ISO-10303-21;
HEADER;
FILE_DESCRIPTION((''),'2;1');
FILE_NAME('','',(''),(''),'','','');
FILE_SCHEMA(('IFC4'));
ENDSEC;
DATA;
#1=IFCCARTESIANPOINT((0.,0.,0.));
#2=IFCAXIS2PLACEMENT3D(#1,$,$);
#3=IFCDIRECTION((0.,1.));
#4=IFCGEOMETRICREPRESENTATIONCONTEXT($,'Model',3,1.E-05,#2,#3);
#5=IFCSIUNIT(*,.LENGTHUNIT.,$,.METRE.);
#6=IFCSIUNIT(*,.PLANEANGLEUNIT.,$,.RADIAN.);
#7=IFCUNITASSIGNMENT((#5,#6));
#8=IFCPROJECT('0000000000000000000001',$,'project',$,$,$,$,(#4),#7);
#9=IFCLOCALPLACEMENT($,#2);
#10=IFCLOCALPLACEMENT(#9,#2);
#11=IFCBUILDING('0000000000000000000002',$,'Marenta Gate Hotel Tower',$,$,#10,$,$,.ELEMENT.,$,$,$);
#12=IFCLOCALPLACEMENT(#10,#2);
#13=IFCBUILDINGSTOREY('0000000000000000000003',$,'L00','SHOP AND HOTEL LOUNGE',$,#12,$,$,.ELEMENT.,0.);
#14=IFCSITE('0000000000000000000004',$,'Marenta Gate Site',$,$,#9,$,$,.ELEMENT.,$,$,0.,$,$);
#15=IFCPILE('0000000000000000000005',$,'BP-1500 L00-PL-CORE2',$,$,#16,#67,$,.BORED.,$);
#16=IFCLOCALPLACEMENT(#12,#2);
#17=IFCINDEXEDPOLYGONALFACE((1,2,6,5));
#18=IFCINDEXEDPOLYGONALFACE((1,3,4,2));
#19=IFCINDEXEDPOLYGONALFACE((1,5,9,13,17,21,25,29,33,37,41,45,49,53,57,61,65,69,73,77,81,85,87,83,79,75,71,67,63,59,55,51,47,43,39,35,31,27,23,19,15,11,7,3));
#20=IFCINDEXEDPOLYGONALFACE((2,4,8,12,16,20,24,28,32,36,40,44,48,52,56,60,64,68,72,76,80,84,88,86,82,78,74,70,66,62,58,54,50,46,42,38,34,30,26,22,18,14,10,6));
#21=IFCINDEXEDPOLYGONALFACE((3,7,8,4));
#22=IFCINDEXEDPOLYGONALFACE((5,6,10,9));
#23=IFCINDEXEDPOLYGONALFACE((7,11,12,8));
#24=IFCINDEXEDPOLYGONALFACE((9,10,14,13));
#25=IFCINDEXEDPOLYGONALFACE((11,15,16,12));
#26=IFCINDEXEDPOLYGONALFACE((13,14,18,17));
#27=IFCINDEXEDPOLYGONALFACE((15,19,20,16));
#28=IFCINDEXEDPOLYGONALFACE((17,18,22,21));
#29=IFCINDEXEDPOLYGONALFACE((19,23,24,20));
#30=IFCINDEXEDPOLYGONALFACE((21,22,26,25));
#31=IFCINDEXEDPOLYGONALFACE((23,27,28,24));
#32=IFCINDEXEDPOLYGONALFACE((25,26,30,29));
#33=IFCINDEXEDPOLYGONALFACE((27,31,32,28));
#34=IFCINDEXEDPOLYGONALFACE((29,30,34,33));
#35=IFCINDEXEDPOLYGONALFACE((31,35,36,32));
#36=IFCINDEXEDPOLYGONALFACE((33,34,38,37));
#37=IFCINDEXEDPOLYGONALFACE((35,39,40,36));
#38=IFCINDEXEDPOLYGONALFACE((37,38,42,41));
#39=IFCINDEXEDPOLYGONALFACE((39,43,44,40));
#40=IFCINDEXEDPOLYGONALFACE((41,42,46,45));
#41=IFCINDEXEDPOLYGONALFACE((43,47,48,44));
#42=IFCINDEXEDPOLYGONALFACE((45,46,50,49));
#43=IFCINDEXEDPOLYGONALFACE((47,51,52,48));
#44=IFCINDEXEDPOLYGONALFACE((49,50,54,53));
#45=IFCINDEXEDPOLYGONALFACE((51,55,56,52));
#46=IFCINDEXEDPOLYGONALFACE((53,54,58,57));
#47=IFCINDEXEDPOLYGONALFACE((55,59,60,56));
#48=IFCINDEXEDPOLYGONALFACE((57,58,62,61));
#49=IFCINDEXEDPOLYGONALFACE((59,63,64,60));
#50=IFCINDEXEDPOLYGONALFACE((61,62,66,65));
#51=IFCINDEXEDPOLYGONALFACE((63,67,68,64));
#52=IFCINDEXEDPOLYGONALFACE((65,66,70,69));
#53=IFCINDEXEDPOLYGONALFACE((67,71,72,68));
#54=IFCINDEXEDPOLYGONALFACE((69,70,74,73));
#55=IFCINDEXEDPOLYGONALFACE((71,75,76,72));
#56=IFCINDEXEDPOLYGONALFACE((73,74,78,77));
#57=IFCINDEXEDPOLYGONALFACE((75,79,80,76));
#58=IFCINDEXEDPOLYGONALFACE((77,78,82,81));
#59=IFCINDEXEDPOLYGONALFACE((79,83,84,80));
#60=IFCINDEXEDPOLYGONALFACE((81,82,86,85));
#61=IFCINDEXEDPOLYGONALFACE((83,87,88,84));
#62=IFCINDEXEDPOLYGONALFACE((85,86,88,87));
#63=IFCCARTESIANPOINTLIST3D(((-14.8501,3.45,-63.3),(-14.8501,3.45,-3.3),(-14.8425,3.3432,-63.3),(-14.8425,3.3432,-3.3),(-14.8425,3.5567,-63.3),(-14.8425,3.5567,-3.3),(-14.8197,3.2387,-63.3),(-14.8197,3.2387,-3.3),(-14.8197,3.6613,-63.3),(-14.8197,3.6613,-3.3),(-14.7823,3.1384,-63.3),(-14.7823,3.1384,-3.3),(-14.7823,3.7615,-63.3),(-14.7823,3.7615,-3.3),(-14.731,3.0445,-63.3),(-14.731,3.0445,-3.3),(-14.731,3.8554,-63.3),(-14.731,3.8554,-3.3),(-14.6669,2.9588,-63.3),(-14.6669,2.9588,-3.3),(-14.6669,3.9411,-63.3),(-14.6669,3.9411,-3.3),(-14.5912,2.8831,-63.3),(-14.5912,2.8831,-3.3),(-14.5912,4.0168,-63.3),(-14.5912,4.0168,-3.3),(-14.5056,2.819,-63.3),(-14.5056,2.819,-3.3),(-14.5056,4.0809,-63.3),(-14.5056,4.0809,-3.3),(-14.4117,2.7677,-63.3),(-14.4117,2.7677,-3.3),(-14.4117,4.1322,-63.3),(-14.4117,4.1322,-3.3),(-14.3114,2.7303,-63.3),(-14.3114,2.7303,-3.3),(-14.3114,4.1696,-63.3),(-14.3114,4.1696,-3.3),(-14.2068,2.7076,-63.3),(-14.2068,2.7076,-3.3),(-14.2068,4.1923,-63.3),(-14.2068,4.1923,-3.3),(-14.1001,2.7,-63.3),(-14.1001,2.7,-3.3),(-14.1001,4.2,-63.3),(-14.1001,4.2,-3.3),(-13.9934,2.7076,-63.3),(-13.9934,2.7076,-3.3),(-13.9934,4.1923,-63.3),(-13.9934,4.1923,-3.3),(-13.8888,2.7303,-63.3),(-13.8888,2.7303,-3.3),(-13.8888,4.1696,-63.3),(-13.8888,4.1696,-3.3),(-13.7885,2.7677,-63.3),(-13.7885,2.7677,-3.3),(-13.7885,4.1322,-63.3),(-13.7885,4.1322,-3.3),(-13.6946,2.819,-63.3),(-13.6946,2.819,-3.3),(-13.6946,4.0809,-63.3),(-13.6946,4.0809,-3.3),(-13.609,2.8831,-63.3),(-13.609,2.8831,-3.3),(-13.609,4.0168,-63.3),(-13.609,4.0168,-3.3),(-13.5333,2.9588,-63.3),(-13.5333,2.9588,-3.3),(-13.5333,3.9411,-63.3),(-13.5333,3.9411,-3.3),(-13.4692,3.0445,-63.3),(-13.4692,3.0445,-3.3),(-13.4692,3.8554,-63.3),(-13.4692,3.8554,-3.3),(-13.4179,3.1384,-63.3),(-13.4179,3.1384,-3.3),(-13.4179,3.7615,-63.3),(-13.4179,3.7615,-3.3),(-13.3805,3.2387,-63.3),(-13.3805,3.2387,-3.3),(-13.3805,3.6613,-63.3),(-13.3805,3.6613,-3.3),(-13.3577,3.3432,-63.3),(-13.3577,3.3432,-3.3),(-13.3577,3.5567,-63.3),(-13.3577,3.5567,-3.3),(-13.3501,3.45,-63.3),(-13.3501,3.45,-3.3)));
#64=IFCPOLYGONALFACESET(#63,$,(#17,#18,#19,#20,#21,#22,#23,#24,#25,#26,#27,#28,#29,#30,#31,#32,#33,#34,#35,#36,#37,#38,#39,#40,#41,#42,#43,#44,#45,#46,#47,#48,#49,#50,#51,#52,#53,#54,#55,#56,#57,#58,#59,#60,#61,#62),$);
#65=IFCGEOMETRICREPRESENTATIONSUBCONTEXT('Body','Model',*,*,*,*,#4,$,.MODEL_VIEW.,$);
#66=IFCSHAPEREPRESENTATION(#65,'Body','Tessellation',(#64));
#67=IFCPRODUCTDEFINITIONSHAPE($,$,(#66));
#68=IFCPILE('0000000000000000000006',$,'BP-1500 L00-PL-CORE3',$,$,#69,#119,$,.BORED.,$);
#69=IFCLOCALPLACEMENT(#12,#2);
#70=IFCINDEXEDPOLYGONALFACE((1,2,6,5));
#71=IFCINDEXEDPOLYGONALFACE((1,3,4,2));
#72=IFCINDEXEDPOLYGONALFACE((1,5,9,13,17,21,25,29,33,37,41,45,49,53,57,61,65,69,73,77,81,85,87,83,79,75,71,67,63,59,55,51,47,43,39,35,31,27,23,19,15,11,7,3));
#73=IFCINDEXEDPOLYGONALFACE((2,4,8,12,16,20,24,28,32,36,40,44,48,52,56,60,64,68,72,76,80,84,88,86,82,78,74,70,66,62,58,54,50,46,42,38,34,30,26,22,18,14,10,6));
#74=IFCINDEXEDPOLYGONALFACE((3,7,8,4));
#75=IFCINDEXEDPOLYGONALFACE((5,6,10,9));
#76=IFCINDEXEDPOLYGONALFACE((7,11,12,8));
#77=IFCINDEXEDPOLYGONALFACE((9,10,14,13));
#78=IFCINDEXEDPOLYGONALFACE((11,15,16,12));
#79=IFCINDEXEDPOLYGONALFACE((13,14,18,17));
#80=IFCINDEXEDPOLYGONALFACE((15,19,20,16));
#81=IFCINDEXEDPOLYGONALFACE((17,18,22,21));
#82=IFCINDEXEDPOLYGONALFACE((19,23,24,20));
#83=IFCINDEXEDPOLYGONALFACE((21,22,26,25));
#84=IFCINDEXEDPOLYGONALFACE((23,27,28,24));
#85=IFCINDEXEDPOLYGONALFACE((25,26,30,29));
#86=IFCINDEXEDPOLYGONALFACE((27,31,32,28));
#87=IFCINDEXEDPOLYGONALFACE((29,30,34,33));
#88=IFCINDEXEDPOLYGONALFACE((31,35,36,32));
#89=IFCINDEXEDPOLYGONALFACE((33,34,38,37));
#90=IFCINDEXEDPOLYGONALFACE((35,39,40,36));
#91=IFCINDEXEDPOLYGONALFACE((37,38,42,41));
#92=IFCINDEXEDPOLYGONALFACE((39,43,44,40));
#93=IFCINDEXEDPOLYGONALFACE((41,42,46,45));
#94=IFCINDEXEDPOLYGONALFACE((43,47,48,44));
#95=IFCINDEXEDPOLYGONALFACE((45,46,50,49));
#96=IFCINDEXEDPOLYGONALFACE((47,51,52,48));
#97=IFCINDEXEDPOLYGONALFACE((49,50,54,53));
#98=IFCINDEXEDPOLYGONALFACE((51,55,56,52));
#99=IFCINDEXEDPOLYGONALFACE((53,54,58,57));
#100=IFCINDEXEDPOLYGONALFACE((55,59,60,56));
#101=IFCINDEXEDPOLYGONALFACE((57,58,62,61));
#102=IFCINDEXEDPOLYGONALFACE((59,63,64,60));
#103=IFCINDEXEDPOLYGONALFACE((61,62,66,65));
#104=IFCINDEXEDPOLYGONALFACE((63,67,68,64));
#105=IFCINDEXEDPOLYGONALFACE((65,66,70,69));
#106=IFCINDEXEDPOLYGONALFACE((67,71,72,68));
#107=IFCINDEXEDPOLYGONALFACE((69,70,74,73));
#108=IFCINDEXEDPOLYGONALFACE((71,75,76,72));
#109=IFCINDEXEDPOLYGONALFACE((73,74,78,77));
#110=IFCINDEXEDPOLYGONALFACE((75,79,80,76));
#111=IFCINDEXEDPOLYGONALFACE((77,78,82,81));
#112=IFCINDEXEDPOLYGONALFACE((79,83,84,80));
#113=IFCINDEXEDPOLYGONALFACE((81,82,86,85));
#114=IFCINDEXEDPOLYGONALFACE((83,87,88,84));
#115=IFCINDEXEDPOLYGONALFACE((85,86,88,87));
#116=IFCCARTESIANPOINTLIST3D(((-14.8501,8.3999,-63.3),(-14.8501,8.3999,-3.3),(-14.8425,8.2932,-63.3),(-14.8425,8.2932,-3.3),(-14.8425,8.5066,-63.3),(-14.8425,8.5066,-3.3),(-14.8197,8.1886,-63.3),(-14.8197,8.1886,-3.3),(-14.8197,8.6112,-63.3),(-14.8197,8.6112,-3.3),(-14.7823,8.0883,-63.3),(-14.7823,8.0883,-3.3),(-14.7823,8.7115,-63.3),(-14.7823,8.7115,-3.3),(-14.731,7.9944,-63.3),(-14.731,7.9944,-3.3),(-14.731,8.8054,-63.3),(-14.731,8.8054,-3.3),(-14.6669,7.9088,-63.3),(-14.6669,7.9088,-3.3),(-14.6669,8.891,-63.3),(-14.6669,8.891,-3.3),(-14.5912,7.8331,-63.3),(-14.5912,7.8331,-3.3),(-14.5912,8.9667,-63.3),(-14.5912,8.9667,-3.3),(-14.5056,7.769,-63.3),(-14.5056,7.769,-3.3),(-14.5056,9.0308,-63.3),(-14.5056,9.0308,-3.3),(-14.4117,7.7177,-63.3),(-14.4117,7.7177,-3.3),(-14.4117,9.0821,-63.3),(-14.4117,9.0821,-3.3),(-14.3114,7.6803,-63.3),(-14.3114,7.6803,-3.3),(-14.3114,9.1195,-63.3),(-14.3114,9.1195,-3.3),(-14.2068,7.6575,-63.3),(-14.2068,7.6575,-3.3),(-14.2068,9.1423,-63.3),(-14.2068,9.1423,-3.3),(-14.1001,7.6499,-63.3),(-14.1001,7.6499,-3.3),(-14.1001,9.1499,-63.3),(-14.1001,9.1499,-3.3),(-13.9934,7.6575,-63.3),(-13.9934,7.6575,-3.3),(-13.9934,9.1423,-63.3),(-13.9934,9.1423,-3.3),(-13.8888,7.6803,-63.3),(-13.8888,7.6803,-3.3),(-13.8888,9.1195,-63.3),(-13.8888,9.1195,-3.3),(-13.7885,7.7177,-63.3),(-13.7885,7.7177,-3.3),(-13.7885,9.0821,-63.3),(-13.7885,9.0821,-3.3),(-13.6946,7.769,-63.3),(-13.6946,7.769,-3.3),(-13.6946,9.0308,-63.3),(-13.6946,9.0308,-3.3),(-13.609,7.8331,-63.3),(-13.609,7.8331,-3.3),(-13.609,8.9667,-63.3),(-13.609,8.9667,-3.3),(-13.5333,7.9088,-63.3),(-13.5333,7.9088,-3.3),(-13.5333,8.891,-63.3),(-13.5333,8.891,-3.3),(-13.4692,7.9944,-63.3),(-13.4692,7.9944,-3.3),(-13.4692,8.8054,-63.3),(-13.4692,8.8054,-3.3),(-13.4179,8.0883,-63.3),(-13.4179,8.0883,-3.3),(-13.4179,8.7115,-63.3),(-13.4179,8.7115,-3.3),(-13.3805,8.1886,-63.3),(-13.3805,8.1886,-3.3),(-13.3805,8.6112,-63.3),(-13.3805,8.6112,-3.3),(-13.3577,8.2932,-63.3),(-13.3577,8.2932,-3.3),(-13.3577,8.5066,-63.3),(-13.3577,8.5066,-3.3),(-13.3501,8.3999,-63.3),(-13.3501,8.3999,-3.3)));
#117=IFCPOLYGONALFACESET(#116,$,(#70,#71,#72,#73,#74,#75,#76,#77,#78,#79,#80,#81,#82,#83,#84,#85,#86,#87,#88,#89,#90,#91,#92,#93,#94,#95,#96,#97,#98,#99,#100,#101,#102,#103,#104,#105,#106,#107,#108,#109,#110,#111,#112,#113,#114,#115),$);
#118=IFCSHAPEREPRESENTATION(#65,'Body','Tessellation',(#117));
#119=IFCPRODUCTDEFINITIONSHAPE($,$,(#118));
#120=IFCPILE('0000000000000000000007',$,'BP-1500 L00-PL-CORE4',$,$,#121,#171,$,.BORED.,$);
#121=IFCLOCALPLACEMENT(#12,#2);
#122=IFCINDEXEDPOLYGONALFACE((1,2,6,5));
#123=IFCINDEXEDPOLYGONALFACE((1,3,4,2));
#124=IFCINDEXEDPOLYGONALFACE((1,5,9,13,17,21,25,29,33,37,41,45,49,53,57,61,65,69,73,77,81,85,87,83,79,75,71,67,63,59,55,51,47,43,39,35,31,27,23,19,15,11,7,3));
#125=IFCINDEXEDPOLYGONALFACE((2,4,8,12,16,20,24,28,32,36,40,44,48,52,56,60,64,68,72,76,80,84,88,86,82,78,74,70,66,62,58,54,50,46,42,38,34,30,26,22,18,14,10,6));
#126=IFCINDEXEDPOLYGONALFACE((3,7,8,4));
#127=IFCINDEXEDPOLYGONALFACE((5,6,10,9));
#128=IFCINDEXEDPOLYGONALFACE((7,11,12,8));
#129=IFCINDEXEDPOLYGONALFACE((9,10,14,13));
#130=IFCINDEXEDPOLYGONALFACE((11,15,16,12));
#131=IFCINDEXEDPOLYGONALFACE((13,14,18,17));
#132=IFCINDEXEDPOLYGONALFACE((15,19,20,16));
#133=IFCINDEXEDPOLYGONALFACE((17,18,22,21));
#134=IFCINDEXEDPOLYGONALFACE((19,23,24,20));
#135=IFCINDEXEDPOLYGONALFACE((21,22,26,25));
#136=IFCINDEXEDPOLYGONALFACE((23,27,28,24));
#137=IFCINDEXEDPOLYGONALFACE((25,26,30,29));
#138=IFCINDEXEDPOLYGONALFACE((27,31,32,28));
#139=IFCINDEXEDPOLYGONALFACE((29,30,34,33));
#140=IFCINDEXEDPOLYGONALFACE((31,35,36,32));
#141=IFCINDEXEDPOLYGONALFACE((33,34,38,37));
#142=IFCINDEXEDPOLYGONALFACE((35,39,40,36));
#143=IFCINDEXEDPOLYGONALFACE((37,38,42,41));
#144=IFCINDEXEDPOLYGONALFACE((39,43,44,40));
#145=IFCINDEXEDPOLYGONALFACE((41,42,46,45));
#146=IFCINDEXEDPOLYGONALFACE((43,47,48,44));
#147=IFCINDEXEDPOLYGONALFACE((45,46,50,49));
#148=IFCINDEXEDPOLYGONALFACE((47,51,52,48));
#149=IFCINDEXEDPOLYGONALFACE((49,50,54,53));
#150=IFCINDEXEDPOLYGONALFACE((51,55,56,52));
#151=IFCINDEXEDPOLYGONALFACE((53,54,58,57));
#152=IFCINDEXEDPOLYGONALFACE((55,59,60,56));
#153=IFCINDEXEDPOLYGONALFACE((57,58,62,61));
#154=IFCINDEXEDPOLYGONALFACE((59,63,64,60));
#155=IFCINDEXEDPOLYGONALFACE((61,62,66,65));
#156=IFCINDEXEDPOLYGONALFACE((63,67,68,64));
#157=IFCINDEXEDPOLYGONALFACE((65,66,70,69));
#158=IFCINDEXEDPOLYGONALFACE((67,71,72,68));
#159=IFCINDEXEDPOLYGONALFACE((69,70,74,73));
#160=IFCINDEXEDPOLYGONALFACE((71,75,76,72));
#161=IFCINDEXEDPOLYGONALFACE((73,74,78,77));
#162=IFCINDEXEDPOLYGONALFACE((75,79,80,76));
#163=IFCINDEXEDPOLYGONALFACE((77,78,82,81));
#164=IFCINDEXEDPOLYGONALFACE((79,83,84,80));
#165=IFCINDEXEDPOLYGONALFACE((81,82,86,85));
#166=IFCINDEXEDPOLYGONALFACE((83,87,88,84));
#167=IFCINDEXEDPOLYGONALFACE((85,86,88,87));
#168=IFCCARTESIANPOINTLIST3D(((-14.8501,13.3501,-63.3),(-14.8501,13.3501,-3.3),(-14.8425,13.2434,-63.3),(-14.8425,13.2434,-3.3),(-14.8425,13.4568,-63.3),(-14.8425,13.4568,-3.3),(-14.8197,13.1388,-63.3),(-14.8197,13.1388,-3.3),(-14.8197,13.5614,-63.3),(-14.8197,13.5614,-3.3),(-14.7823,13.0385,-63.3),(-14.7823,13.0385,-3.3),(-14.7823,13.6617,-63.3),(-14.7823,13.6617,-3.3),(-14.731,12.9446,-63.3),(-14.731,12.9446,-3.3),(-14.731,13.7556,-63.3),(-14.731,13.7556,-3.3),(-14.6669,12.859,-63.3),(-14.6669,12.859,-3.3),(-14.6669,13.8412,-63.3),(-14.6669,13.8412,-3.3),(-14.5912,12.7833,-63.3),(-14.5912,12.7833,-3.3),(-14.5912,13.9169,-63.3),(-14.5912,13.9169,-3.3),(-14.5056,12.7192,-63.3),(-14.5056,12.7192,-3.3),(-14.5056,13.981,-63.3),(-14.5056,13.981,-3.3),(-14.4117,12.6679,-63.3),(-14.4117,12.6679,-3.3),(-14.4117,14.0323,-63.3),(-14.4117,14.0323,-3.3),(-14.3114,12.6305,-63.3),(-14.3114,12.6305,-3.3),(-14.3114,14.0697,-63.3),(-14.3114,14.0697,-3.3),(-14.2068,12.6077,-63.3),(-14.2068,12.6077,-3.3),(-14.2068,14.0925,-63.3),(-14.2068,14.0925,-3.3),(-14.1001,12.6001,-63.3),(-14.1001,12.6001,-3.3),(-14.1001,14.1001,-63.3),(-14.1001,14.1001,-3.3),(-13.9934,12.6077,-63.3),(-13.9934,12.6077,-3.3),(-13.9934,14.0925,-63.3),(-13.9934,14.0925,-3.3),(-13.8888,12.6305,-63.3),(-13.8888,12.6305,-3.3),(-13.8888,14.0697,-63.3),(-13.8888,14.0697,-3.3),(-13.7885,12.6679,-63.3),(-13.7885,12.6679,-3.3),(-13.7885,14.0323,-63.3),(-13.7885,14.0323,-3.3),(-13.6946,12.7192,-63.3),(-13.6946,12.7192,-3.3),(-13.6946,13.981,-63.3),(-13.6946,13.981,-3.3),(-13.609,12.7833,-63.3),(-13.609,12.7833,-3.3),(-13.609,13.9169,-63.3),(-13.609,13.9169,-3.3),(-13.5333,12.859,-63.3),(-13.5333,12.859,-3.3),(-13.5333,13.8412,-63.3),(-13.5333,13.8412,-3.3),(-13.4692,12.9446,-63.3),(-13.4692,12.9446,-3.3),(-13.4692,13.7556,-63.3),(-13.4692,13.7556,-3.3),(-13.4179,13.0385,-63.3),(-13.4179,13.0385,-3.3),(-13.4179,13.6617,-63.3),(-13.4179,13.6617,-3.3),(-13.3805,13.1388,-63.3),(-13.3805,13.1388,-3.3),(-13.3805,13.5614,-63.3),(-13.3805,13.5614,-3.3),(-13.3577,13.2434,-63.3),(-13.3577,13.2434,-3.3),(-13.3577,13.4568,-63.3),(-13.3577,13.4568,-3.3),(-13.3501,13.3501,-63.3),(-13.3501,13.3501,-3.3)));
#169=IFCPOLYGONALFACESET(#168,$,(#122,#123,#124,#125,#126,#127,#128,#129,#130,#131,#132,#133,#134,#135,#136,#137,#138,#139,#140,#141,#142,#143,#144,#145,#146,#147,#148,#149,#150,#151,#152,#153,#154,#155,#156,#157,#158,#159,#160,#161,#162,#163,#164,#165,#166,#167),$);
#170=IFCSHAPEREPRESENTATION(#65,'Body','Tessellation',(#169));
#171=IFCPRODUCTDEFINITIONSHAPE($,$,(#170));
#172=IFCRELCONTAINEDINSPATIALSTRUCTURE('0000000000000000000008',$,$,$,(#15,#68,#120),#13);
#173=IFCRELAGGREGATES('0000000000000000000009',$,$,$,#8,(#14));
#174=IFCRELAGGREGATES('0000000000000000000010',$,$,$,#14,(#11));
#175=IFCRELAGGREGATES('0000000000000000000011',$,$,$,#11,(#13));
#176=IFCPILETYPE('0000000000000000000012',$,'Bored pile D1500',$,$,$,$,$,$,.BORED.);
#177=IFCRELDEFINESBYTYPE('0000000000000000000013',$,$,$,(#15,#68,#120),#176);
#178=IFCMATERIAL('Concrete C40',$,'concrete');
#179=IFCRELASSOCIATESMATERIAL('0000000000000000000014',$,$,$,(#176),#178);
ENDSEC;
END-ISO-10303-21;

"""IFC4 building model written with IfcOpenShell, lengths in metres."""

from ifc_helpers import new_model, si_unit, direction, frame, origin, origin_2d, place, context, subcontext, project, spatial, circle, extrude, material, type_object, element, save


model = new_model("IFC4")

# Units and contexts
model_context = context("Model", 3, precision=1e-05, world=origin(), true_north=direction((0.0, 1.0)))
body_context = subcontext(model_context, "Body", "Model", "MODEL_VIEW")
ifc_project = project(units=[si_unit("LENGTHUNIT", "METRE"), si_unit("PLANEANGLEUNIT", "RADIAN")], contexts=[model_context])

# Site, building, storey
site_placement = place(None, origin())
site = spatial("IfcSite", under=ifc_project, at=site_placement, Name="Marenta Gate Site", CompositionType="ELEMENT", RefElevation=0.0)
building_placement = place(site_placement, origin())
building = spatial("IfcBuilding", under=site, at=building_placement, Name="Marenta Gate Hotel Tower", CompositionType="ELEMENT")
storey_placement = place(building_placement, origin())
storey = spatial("IfcBuildingStorey", under=building, at=storey_placement, Name="L00", Description="SHOP AND HOTEL LOUNGE", CompositionType="ELEMENT", Elevation=0.0)

# Piles
ifc_material_1 = material(Name="Concrete C40", Category="concrete")
pile_type = type_object("IfcPileType", Name="Bored pile D1500", PredefinedType="BORED", material=ifc_material_1)
for number, where, z_axis, x_axis, name in (
    (1, (-14.1001, 3.45, -3.3), (0.0, 0.0, -1.0), (1.0, 0.0, 0.0), "BP-1500 L00-PL-CORE2"),
    (2, (-14.1001, 8.3999, -3.3), (0.0, 0.0, -1.0), (1.0, 0.0, 0.0), "BP-1500 L00-PL-CORE3"),
    (3, (-14.1001, 13.3501, -3.3), (0.0, 0.0, -1.0), (1.0, 0.0, 0.0), "BP-1500 L00-PL-CORE4"),
):
    element("IfcPile", number, at=place(storey_placement, frame(where, z_axis=z_axis, x_axis=x_axis)), inside=storey, type_object=pile_type, Name=name, PredefinedType="BORED", context=body_context, shape_type="SweptSolid", body=[
        extrude(circle(Radius=0.75, at=origin_2d()), origin(), (0.0, 0.0, 1.0), 60.0),
    ])

save(model, "model.ifc")
